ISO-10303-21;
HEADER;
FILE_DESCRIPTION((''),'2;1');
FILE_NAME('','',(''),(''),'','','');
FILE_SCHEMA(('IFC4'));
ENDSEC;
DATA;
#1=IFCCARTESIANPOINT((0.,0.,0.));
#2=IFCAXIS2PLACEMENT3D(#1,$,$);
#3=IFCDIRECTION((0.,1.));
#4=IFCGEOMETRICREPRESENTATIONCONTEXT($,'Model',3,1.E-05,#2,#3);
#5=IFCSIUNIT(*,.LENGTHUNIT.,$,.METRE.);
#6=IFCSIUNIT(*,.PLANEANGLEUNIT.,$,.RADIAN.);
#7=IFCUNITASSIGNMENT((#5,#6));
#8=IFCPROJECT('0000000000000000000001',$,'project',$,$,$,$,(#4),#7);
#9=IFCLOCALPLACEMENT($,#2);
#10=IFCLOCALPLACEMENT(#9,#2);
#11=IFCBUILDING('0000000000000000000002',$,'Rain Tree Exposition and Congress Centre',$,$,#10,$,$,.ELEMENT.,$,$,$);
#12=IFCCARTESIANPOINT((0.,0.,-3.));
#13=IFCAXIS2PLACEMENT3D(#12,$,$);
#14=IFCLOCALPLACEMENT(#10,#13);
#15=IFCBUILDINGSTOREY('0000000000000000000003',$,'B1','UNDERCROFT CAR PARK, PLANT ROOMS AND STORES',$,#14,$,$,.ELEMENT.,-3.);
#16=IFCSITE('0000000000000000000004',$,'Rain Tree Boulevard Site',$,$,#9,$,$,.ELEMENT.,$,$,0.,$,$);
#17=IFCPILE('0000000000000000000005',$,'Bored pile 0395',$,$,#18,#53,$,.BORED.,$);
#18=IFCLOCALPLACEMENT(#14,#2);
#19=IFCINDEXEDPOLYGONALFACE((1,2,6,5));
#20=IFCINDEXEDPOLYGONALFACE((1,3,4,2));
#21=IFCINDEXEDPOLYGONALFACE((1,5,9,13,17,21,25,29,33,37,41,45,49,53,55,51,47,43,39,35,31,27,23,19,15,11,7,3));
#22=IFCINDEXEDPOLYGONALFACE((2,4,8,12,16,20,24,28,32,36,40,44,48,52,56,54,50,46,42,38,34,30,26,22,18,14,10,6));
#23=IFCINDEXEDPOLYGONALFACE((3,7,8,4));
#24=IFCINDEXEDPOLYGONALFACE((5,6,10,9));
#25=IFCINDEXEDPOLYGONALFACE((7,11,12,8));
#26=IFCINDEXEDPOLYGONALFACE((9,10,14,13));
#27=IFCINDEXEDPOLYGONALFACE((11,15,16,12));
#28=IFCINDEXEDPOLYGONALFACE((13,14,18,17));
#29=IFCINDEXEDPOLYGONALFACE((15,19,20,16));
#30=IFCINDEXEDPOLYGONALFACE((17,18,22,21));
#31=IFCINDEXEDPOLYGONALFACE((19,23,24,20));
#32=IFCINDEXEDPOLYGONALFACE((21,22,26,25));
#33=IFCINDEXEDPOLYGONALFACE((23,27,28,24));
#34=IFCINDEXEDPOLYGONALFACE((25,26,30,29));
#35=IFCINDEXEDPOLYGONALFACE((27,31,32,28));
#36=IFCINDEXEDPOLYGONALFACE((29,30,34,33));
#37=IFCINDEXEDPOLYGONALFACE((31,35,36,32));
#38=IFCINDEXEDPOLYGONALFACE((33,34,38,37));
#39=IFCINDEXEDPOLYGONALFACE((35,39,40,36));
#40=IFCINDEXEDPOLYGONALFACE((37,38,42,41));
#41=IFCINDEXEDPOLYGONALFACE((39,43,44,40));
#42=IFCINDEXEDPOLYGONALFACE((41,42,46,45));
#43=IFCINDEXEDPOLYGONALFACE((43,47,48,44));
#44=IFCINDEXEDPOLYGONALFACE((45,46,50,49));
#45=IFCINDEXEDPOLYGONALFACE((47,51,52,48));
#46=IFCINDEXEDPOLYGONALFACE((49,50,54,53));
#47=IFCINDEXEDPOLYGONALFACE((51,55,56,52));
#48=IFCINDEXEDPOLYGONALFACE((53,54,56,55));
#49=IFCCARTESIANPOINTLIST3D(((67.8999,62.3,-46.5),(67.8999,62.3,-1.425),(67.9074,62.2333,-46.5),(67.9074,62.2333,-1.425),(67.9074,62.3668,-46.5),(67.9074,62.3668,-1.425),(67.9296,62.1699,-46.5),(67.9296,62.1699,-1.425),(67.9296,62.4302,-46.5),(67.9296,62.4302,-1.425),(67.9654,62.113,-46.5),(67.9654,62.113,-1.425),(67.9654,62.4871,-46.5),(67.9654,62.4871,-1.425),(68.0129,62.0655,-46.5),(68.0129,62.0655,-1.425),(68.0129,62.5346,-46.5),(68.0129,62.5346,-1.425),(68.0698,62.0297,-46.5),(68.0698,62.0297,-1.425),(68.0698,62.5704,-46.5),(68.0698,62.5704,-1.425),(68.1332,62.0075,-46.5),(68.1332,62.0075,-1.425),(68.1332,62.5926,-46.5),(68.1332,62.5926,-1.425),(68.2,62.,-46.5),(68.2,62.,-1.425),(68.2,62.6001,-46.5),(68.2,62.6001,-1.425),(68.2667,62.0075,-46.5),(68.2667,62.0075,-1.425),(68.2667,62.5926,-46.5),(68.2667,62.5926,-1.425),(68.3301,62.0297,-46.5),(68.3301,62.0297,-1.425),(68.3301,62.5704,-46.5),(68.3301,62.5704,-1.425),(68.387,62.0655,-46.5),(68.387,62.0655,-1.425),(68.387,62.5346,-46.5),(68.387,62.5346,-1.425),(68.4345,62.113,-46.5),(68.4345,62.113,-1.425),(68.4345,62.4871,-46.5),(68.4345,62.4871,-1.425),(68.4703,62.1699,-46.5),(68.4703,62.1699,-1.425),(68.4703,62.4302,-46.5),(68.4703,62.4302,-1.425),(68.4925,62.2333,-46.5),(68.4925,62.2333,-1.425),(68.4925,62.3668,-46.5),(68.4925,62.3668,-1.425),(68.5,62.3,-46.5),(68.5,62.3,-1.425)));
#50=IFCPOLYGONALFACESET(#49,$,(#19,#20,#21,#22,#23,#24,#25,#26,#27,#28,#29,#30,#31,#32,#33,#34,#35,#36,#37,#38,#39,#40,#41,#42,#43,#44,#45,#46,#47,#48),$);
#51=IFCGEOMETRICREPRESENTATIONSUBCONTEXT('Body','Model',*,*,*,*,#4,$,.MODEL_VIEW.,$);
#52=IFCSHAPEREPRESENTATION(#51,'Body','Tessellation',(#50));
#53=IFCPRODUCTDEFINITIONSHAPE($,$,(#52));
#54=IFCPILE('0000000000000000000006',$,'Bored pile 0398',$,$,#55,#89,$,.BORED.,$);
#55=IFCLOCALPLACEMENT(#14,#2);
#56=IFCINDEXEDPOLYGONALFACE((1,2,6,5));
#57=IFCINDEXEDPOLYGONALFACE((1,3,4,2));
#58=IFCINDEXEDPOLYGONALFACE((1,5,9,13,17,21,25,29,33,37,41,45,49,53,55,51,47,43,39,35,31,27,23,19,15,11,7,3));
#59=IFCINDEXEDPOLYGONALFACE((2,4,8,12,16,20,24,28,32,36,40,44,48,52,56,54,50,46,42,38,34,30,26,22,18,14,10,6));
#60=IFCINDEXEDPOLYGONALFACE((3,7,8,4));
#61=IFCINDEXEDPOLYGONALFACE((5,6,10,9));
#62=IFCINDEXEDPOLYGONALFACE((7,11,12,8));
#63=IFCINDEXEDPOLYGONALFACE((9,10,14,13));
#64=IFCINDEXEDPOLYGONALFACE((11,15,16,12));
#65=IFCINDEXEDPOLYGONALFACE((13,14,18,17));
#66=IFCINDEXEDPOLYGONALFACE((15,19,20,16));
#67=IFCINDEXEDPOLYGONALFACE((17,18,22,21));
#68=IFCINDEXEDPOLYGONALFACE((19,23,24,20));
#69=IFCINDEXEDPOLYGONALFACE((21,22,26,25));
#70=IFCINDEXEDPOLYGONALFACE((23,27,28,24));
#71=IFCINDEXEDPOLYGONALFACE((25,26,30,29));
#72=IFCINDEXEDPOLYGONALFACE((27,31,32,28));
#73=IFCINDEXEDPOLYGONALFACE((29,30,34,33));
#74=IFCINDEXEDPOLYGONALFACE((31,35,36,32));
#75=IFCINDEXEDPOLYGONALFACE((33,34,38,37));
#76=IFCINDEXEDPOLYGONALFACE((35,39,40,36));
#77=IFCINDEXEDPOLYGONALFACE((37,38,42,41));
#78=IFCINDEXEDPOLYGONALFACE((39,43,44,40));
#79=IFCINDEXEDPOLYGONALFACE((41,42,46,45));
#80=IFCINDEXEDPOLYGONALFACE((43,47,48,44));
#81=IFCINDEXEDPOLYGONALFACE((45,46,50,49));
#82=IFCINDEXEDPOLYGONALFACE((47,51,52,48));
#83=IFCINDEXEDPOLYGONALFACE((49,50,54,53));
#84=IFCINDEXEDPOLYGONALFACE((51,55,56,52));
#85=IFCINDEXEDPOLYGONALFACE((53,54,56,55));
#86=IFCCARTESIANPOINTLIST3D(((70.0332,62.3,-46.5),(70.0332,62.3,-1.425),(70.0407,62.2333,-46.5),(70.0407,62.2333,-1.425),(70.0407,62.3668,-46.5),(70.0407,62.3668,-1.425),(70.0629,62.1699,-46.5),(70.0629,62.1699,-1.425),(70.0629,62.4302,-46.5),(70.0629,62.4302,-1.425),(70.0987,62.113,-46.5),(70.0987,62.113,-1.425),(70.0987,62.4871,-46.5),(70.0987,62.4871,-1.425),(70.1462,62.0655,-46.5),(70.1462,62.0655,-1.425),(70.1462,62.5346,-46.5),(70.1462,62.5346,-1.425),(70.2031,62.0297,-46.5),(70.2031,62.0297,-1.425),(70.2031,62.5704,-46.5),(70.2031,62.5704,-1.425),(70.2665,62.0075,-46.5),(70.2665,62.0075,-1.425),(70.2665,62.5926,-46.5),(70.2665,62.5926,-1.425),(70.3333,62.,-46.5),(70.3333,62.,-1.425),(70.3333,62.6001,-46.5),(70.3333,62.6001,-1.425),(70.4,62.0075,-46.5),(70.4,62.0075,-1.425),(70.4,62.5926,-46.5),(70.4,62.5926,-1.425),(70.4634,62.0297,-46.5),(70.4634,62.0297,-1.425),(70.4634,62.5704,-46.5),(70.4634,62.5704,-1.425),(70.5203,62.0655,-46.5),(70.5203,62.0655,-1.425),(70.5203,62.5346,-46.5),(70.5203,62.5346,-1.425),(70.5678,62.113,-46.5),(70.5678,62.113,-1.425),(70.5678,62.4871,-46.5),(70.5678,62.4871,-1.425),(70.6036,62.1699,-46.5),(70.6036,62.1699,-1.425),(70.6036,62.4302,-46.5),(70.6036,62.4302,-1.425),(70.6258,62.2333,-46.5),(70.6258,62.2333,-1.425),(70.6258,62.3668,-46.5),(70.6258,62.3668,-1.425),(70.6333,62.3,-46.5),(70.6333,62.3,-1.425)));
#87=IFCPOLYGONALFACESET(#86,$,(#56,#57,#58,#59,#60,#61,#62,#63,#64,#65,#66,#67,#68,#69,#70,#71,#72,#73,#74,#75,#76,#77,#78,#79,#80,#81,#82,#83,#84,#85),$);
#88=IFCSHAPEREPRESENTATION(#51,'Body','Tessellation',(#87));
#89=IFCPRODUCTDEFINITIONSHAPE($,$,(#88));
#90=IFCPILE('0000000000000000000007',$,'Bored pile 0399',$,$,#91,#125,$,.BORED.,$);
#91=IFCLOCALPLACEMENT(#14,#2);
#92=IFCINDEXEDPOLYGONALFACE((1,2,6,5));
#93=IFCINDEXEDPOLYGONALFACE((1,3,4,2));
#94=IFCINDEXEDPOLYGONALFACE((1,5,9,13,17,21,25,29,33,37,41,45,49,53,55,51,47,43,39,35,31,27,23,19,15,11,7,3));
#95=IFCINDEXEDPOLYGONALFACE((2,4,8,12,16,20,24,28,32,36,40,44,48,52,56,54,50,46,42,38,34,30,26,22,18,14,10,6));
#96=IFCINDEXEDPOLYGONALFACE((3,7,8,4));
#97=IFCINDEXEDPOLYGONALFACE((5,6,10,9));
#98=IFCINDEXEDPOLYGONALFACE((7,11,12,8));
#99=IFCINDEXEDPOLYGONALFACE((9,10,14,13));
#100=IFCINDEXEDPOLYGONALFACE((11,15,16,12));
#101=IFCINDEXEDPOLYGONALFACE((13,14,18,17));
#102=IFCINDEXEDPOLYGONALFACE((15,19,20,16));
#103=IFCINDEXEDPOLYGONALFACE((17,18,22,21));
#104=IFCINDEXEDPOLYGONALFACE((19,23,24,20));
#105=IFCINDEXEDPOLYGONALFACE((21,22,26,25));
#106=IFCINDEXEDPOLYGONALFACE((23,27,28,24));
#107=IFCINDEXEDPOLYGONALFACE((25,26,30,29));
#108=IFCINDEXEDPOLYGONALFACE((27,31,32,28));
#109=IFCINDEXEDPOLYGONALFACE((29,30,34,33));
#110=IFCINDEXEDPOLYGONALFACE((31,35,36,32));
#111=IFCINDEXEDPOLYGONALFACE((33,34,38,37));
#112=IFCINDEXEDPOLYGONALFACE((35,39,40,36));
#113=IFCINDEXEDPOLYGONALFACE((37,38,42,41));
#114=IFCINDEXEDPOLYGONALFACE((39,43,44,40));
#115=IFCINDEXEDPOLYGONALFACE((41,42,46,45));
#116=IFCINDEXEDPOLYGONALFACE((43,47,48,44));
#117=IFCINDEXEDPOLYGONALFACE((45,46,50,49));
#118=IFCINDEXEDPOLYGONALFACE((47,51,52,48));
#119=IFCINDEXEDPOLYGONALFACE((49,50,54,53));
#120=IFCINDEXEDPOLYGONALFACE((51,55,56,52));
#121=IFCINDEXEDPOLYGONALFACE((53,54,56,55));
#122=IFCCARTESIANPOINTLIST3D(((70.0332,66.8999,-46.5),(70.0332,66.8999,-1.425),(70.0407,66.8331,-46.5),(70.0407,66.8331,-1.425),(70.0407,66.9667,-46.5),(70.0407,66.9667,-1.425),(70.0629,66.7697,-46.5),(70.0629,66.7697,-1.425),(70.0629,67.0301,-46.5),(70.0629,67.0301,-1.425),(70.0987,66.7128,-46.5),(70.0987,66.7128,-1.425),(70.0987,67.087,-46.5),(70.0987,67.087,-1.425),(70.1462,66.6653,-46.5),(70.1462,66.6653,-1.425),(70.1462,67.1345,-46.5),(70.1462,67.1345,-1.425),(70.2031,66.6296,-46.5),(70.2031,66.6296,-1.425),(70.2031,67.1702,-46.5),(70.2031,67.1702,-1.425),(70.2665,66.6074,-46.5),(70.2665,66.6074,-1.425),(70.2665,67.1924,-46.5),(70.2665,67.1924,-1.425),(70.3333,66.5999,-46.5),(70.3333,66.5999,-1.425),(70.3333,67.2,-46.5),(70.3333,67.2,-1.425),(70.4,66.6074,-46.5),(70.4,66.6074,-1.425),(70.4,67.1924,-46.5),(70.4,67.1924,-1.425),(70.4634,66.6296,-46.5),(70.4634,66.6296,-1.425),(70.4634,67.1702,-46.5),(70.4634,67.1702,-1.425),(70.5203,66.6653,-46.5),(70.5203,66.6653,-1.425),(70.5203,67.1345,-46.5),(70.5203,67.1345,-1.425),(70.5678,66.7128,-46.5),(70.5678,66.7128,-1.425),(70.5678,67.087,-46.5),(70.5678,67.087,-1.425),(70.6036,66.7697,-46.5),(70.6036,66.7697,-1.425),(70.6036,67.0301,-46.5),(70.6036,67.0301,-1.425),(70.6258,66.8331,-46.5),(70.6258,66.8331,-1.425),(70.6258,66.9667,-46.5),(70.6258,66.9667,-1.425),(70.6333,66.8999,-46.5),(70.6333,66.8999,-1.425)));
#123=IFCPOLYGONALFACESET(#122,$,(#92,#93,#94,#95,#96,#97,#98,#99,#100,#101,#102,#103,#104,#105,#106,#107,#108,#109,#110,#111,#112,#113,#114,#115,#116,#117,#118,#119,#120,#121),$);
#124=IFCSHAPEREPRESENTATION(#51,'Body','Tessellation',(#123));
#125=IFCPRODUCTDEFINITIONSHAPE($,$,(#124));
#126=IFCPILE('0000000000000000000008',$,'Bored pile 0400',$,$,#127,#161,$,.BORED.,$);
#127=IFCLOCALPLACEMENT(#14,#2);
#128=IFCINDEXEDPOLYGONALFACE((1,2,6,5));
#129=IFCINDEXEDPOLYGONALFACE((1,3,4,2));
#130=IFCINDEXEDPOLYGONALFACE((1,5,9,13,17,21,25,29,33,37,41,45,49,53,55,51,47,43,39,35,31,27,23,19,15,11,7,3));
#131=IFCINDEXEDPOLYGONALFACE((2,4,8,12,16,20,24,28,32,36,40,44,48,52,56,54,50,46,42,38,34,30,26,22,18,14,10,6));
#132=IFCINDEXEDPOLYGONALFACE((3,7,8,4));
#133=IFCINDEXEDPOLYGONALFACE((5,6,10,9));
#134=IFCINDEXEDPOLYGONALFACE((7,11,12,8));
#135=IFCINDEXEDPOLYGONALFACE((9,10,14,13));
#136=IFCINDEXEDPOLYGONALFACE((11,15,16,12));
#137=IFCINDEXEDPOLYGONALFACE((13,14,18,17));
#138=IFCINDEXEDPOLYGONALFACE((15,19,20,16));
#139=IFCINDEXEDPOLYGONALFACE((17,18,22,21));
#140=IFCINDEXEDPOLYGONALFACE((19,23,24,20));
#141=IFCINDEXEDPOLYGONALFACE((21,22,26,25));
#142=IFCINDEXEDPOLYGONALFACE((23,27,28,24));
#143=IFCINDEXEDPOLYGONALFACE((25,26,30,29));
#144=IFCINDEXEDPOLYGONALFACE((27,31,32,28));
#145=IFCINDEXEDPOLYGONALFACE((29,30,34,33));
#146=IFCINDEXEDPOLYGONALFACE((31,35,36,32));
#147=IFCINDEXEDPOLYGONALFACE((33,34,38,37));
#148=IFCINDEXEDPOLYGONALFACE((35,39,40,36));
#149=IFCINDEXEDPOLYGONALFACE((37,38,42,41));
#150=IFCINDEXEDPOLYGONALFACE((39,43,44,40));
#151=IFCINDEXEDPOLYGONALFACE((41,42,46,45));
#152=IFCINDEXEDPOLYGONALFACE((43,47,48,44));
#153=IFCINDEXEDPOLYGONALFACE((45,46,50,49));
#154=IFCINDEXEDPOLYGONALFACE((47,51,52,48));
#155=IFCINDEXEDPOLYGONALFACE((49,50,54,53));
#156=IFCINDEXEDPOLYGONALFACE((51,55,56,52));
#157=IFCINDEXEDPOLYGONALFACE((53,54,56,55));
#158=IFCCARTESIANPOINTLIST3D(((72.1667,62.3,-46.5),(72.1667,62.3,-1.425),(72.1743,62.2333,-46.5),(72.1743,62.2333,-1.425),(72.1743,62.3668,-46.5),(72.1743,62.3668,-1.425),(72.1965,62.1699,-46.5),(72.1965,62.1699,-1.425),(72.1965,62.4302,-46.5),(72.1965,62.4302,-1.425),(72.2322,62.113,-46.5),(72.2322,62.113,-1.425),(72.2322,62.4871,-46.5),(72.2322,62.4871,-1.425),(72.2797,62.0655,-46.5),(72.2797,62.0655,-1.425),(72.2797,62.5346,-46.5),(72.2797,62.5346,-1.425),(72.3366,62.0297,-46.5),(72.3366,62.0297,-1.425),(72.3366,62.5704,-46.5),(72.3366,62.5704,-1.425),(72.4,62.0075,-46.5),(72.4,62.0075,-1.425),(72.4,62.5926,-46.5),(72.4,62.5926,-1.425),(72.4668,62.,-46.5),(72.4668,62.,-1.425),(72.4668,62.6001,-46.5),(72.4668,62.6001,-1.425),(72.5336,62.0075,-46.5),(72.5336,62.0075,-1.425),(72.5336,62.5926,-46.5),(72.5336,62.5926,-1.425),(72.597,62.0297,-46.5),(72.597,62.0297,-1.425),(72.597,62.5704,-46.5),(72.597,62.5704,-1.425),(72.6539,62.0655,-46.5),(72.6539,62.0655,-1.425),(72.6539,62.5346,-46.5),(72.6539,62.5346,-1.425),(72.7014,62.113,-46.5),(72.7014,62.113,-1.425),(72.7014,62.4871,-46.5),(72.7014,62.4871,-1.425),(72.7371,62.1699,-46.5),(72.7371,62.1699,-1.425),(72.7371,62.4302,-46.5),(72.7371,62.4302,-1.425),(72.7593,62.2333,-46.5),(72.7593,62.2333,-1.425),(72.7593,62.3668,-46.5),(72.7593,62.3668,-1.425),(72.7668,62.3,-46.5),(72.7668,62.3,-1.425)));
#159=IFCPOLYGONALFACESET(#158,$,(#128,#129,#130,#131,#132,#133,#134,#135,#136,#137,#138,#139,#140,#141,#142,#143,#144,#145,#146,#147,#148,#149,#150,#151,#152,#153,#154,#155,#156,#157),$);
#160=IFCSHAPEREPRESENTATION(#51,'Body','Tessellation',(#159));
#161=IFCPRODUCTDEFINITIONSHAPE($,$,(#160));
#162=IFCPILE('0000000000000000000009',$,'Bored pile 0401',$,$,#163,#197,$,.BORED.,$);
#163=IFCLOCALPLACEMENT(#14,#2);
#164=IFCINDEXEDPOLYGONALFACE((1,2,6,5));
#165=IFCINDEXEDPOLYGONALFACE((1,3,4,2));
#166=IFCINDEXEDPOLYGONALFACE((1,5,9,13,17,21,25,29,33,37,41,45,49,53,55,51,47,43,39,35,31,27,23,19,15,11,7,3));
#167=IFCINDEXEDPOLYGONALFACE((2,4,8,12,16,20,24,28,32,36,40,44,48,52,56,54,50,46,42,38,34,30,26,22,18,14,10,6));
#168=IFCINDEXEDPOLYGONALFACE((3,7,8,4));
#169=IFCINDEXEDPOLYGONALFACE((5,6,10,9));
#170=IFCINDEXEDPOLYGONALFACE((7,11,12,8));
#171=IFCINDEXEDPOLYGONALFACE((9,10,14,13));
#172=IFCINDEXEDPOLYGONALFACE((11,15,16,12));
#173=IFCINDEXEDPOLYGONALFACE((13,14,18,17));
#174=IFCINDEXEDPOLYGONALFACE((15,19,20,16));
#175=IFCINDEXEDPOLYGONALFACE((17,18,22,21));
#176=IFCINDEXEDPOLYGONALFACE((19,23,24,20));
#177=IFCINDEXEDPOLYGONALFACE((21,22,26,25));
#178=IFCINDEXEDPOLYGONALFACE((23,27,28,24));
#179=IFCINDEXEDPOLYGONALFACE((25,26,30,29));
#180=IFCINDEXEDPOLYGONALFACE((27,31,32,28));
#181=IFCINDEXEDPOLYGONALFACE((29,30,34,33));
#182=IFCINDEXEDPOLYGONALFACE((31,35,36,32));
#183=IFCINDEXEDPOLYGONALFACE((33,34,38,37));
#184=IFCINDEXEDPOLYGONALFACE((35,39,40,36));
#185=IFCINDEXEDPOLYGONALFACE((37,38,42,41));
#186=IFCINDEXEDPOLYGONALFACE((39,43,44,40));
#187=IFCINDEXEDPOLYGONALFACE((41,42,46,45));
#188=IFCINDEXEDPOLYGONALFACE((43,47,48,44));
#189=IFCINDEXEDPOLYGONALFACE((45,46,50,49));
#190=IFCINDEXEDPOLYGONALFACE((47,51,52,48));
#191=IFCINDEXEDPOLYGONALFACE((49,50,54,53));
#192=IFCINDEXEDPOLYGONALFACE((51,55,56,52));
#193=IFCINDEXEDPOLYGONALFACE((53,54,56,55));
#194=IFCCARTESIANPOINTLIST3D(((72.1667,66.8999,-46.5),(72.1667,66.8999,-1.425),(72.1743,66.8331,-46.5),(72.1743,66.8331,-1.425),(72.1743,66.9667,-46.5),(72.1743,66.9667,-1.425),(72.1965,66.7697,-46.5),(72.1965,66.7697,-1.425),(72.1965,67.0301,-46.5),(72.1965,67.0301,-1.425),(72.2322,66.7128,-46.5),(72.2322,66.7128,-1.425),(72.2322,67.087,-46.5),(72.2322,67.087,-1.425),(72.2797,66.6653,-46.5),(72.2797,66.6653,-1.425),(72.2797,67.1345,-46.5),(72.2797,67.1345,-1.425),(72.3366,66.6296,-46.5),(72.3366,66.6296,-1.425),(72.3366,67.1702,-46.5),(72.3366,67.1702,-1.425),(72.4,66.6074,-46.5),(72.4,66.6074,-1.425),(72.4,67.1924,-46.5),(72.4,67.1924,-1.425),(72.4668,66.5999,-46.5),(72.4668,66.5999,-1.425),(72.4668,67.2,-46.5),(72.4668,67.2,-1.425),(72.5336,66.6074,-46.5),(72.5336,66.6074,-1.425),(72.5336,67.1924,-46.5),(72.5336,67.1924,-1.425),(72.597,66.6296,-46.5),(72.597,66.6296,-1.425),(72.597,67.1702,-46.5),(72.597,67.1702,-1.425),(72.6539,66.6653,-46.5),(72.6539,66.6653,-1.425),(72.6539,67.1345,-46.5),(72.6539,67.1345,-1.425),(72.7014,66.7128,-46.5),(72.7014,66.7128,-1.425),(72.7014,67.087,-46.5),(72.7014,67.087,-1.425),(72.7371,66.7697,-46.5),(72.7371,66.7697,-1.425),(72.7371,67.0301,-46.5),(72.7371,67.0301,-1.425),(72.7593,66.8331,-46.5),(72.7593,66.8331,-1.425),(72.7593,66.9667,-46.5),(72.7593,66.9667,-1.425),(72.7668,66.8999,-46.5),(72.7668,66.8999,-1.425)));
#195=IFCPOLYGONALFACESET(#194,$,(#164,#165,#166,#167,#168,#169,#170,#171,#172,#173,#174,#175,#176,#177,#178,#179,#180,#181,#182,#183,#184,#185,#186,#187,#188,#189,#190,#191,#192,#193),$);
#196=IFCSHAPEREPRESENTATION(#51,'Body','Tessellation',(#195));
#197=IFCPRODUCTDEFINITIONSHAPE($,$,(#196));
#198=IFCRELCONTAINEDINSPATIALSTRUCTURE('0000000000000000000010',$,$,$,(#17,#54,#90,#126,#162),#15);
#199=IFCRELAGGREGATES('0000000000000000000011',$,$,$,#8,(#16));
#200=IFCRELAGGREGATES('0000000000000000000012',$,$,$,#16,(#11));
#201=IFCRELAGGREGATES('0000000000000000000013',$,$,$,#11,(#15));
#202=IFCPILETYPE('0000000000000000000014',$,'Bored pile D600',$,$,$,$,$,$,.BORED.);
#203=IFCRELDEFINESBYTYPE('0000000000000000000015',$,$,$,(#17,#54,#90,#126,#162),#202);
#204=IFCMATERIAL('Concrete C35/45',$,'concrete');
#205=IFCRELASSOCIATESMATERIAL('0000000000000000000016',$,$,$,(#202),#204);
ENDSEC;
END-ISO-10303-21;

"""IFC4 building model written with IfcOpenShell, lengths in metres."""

from ifc_helpers import new_model, si_unit, direction, frame, origin, origin_2d, place, context, subcontext, project, spatial, circle, extrude, material, material_profile, profile_set, type_object, element, save


model = new_model("IFC4")

# Units and contexts
model_context = context("Model", 3, precision=1e-05, world=origin(), true_north=direction((0.0, 1.0)))
body_context = subcontext(model_context, "Body", "Model", "MODEL_VIEW")
ifc_project = project(units=[si_unit("LENGTHUNIT", "METRE"), si_unit("PLANEANGLEUNIT", "RADIAN")], contexts=[model_context])

# Site, building, storey
site_placement = place(None, origin())
site = spatial("IfcSite", under=ifc_project, at=site_placement, Name="Rain Tree Boulevard Site", CompositionType="ELEMENT", RefElevation=0.0)
building_placement = place(site_placement, origin())
building = spatial("IfcBuilding", under=site, at=building_placement, Name="Rain Tree Exposition and Congress Centre", CompositionType="ELEMENT")
storey_placement = place(building_placement, frame((0.0, 0.0, -3.0)))
storey = spatial("IfcBuildingStorey", under=building, at=storey_placement, Name="B1", Description="UNDERCROFT CAR PARK, PLANT ROOMS AND STORES", CompositionType="ELEMENT", Elevation=-3.0)

# Piles
ifc_material_1 = material(Name="Concrete C35/45", Category="concrete")
ifc_material_profile_1 = material_profile(ifc_material_1, circle(Radius=0.3, at=origin_2d()), Name="D600")
ifc_profile_set_1 = profile_set([ifc_material_profile_1], Name="Concrete C35/45")
pile_type_1 = type_object("IfcPileType", Name="Bored pile D600", PredefinedType="BORED", material=ifc_profile_set_1)
for number, where, z_axis, x_axis, name in (
    (1, (68.2, 62.3, -1.425), (0.0, 0.0, -1.0), (1.0, 0.0, 0.0), "Bored pile 0395"),
    (2, (70.3333, 62.3, -1.425), (0.0, 0.0, -1.0), (1.0, 0.0, 0.0), "Bored pile 0398"),
    (3, (70.3333, 66.8999, -1.425), (0.0, 0.0, -1.0), (1.0, 0.0, 0.0), "Bored pile 0399"),
    (4, (72.4668, 62.3, -1.425), (0.0, 0.0, -1.0), (1.0, 0.0, 0.0), "Bored pile 0400"),
    (5, (72.4668, 66.8999, -1.425), (0.0, 0.0, -1.0), (1.0, 0.0, 0.0), "Bored pile 0401"),
):
    element("IfcPile", number, at=place(storey_placement, frame(where, z_axis=z_axis, x_axis=x_axis)), inside=storey, type_object=pile_type_1, Name=name, PredefinedType="BORED", context=body_context, shape_type="SweptSolid", body=[
        extrude(circle(Radius=0.3, at=origin_2d()), origin(), (0.0, 0.0, 1.0), 45.075),
    ])

save(model, "model.ifc")
